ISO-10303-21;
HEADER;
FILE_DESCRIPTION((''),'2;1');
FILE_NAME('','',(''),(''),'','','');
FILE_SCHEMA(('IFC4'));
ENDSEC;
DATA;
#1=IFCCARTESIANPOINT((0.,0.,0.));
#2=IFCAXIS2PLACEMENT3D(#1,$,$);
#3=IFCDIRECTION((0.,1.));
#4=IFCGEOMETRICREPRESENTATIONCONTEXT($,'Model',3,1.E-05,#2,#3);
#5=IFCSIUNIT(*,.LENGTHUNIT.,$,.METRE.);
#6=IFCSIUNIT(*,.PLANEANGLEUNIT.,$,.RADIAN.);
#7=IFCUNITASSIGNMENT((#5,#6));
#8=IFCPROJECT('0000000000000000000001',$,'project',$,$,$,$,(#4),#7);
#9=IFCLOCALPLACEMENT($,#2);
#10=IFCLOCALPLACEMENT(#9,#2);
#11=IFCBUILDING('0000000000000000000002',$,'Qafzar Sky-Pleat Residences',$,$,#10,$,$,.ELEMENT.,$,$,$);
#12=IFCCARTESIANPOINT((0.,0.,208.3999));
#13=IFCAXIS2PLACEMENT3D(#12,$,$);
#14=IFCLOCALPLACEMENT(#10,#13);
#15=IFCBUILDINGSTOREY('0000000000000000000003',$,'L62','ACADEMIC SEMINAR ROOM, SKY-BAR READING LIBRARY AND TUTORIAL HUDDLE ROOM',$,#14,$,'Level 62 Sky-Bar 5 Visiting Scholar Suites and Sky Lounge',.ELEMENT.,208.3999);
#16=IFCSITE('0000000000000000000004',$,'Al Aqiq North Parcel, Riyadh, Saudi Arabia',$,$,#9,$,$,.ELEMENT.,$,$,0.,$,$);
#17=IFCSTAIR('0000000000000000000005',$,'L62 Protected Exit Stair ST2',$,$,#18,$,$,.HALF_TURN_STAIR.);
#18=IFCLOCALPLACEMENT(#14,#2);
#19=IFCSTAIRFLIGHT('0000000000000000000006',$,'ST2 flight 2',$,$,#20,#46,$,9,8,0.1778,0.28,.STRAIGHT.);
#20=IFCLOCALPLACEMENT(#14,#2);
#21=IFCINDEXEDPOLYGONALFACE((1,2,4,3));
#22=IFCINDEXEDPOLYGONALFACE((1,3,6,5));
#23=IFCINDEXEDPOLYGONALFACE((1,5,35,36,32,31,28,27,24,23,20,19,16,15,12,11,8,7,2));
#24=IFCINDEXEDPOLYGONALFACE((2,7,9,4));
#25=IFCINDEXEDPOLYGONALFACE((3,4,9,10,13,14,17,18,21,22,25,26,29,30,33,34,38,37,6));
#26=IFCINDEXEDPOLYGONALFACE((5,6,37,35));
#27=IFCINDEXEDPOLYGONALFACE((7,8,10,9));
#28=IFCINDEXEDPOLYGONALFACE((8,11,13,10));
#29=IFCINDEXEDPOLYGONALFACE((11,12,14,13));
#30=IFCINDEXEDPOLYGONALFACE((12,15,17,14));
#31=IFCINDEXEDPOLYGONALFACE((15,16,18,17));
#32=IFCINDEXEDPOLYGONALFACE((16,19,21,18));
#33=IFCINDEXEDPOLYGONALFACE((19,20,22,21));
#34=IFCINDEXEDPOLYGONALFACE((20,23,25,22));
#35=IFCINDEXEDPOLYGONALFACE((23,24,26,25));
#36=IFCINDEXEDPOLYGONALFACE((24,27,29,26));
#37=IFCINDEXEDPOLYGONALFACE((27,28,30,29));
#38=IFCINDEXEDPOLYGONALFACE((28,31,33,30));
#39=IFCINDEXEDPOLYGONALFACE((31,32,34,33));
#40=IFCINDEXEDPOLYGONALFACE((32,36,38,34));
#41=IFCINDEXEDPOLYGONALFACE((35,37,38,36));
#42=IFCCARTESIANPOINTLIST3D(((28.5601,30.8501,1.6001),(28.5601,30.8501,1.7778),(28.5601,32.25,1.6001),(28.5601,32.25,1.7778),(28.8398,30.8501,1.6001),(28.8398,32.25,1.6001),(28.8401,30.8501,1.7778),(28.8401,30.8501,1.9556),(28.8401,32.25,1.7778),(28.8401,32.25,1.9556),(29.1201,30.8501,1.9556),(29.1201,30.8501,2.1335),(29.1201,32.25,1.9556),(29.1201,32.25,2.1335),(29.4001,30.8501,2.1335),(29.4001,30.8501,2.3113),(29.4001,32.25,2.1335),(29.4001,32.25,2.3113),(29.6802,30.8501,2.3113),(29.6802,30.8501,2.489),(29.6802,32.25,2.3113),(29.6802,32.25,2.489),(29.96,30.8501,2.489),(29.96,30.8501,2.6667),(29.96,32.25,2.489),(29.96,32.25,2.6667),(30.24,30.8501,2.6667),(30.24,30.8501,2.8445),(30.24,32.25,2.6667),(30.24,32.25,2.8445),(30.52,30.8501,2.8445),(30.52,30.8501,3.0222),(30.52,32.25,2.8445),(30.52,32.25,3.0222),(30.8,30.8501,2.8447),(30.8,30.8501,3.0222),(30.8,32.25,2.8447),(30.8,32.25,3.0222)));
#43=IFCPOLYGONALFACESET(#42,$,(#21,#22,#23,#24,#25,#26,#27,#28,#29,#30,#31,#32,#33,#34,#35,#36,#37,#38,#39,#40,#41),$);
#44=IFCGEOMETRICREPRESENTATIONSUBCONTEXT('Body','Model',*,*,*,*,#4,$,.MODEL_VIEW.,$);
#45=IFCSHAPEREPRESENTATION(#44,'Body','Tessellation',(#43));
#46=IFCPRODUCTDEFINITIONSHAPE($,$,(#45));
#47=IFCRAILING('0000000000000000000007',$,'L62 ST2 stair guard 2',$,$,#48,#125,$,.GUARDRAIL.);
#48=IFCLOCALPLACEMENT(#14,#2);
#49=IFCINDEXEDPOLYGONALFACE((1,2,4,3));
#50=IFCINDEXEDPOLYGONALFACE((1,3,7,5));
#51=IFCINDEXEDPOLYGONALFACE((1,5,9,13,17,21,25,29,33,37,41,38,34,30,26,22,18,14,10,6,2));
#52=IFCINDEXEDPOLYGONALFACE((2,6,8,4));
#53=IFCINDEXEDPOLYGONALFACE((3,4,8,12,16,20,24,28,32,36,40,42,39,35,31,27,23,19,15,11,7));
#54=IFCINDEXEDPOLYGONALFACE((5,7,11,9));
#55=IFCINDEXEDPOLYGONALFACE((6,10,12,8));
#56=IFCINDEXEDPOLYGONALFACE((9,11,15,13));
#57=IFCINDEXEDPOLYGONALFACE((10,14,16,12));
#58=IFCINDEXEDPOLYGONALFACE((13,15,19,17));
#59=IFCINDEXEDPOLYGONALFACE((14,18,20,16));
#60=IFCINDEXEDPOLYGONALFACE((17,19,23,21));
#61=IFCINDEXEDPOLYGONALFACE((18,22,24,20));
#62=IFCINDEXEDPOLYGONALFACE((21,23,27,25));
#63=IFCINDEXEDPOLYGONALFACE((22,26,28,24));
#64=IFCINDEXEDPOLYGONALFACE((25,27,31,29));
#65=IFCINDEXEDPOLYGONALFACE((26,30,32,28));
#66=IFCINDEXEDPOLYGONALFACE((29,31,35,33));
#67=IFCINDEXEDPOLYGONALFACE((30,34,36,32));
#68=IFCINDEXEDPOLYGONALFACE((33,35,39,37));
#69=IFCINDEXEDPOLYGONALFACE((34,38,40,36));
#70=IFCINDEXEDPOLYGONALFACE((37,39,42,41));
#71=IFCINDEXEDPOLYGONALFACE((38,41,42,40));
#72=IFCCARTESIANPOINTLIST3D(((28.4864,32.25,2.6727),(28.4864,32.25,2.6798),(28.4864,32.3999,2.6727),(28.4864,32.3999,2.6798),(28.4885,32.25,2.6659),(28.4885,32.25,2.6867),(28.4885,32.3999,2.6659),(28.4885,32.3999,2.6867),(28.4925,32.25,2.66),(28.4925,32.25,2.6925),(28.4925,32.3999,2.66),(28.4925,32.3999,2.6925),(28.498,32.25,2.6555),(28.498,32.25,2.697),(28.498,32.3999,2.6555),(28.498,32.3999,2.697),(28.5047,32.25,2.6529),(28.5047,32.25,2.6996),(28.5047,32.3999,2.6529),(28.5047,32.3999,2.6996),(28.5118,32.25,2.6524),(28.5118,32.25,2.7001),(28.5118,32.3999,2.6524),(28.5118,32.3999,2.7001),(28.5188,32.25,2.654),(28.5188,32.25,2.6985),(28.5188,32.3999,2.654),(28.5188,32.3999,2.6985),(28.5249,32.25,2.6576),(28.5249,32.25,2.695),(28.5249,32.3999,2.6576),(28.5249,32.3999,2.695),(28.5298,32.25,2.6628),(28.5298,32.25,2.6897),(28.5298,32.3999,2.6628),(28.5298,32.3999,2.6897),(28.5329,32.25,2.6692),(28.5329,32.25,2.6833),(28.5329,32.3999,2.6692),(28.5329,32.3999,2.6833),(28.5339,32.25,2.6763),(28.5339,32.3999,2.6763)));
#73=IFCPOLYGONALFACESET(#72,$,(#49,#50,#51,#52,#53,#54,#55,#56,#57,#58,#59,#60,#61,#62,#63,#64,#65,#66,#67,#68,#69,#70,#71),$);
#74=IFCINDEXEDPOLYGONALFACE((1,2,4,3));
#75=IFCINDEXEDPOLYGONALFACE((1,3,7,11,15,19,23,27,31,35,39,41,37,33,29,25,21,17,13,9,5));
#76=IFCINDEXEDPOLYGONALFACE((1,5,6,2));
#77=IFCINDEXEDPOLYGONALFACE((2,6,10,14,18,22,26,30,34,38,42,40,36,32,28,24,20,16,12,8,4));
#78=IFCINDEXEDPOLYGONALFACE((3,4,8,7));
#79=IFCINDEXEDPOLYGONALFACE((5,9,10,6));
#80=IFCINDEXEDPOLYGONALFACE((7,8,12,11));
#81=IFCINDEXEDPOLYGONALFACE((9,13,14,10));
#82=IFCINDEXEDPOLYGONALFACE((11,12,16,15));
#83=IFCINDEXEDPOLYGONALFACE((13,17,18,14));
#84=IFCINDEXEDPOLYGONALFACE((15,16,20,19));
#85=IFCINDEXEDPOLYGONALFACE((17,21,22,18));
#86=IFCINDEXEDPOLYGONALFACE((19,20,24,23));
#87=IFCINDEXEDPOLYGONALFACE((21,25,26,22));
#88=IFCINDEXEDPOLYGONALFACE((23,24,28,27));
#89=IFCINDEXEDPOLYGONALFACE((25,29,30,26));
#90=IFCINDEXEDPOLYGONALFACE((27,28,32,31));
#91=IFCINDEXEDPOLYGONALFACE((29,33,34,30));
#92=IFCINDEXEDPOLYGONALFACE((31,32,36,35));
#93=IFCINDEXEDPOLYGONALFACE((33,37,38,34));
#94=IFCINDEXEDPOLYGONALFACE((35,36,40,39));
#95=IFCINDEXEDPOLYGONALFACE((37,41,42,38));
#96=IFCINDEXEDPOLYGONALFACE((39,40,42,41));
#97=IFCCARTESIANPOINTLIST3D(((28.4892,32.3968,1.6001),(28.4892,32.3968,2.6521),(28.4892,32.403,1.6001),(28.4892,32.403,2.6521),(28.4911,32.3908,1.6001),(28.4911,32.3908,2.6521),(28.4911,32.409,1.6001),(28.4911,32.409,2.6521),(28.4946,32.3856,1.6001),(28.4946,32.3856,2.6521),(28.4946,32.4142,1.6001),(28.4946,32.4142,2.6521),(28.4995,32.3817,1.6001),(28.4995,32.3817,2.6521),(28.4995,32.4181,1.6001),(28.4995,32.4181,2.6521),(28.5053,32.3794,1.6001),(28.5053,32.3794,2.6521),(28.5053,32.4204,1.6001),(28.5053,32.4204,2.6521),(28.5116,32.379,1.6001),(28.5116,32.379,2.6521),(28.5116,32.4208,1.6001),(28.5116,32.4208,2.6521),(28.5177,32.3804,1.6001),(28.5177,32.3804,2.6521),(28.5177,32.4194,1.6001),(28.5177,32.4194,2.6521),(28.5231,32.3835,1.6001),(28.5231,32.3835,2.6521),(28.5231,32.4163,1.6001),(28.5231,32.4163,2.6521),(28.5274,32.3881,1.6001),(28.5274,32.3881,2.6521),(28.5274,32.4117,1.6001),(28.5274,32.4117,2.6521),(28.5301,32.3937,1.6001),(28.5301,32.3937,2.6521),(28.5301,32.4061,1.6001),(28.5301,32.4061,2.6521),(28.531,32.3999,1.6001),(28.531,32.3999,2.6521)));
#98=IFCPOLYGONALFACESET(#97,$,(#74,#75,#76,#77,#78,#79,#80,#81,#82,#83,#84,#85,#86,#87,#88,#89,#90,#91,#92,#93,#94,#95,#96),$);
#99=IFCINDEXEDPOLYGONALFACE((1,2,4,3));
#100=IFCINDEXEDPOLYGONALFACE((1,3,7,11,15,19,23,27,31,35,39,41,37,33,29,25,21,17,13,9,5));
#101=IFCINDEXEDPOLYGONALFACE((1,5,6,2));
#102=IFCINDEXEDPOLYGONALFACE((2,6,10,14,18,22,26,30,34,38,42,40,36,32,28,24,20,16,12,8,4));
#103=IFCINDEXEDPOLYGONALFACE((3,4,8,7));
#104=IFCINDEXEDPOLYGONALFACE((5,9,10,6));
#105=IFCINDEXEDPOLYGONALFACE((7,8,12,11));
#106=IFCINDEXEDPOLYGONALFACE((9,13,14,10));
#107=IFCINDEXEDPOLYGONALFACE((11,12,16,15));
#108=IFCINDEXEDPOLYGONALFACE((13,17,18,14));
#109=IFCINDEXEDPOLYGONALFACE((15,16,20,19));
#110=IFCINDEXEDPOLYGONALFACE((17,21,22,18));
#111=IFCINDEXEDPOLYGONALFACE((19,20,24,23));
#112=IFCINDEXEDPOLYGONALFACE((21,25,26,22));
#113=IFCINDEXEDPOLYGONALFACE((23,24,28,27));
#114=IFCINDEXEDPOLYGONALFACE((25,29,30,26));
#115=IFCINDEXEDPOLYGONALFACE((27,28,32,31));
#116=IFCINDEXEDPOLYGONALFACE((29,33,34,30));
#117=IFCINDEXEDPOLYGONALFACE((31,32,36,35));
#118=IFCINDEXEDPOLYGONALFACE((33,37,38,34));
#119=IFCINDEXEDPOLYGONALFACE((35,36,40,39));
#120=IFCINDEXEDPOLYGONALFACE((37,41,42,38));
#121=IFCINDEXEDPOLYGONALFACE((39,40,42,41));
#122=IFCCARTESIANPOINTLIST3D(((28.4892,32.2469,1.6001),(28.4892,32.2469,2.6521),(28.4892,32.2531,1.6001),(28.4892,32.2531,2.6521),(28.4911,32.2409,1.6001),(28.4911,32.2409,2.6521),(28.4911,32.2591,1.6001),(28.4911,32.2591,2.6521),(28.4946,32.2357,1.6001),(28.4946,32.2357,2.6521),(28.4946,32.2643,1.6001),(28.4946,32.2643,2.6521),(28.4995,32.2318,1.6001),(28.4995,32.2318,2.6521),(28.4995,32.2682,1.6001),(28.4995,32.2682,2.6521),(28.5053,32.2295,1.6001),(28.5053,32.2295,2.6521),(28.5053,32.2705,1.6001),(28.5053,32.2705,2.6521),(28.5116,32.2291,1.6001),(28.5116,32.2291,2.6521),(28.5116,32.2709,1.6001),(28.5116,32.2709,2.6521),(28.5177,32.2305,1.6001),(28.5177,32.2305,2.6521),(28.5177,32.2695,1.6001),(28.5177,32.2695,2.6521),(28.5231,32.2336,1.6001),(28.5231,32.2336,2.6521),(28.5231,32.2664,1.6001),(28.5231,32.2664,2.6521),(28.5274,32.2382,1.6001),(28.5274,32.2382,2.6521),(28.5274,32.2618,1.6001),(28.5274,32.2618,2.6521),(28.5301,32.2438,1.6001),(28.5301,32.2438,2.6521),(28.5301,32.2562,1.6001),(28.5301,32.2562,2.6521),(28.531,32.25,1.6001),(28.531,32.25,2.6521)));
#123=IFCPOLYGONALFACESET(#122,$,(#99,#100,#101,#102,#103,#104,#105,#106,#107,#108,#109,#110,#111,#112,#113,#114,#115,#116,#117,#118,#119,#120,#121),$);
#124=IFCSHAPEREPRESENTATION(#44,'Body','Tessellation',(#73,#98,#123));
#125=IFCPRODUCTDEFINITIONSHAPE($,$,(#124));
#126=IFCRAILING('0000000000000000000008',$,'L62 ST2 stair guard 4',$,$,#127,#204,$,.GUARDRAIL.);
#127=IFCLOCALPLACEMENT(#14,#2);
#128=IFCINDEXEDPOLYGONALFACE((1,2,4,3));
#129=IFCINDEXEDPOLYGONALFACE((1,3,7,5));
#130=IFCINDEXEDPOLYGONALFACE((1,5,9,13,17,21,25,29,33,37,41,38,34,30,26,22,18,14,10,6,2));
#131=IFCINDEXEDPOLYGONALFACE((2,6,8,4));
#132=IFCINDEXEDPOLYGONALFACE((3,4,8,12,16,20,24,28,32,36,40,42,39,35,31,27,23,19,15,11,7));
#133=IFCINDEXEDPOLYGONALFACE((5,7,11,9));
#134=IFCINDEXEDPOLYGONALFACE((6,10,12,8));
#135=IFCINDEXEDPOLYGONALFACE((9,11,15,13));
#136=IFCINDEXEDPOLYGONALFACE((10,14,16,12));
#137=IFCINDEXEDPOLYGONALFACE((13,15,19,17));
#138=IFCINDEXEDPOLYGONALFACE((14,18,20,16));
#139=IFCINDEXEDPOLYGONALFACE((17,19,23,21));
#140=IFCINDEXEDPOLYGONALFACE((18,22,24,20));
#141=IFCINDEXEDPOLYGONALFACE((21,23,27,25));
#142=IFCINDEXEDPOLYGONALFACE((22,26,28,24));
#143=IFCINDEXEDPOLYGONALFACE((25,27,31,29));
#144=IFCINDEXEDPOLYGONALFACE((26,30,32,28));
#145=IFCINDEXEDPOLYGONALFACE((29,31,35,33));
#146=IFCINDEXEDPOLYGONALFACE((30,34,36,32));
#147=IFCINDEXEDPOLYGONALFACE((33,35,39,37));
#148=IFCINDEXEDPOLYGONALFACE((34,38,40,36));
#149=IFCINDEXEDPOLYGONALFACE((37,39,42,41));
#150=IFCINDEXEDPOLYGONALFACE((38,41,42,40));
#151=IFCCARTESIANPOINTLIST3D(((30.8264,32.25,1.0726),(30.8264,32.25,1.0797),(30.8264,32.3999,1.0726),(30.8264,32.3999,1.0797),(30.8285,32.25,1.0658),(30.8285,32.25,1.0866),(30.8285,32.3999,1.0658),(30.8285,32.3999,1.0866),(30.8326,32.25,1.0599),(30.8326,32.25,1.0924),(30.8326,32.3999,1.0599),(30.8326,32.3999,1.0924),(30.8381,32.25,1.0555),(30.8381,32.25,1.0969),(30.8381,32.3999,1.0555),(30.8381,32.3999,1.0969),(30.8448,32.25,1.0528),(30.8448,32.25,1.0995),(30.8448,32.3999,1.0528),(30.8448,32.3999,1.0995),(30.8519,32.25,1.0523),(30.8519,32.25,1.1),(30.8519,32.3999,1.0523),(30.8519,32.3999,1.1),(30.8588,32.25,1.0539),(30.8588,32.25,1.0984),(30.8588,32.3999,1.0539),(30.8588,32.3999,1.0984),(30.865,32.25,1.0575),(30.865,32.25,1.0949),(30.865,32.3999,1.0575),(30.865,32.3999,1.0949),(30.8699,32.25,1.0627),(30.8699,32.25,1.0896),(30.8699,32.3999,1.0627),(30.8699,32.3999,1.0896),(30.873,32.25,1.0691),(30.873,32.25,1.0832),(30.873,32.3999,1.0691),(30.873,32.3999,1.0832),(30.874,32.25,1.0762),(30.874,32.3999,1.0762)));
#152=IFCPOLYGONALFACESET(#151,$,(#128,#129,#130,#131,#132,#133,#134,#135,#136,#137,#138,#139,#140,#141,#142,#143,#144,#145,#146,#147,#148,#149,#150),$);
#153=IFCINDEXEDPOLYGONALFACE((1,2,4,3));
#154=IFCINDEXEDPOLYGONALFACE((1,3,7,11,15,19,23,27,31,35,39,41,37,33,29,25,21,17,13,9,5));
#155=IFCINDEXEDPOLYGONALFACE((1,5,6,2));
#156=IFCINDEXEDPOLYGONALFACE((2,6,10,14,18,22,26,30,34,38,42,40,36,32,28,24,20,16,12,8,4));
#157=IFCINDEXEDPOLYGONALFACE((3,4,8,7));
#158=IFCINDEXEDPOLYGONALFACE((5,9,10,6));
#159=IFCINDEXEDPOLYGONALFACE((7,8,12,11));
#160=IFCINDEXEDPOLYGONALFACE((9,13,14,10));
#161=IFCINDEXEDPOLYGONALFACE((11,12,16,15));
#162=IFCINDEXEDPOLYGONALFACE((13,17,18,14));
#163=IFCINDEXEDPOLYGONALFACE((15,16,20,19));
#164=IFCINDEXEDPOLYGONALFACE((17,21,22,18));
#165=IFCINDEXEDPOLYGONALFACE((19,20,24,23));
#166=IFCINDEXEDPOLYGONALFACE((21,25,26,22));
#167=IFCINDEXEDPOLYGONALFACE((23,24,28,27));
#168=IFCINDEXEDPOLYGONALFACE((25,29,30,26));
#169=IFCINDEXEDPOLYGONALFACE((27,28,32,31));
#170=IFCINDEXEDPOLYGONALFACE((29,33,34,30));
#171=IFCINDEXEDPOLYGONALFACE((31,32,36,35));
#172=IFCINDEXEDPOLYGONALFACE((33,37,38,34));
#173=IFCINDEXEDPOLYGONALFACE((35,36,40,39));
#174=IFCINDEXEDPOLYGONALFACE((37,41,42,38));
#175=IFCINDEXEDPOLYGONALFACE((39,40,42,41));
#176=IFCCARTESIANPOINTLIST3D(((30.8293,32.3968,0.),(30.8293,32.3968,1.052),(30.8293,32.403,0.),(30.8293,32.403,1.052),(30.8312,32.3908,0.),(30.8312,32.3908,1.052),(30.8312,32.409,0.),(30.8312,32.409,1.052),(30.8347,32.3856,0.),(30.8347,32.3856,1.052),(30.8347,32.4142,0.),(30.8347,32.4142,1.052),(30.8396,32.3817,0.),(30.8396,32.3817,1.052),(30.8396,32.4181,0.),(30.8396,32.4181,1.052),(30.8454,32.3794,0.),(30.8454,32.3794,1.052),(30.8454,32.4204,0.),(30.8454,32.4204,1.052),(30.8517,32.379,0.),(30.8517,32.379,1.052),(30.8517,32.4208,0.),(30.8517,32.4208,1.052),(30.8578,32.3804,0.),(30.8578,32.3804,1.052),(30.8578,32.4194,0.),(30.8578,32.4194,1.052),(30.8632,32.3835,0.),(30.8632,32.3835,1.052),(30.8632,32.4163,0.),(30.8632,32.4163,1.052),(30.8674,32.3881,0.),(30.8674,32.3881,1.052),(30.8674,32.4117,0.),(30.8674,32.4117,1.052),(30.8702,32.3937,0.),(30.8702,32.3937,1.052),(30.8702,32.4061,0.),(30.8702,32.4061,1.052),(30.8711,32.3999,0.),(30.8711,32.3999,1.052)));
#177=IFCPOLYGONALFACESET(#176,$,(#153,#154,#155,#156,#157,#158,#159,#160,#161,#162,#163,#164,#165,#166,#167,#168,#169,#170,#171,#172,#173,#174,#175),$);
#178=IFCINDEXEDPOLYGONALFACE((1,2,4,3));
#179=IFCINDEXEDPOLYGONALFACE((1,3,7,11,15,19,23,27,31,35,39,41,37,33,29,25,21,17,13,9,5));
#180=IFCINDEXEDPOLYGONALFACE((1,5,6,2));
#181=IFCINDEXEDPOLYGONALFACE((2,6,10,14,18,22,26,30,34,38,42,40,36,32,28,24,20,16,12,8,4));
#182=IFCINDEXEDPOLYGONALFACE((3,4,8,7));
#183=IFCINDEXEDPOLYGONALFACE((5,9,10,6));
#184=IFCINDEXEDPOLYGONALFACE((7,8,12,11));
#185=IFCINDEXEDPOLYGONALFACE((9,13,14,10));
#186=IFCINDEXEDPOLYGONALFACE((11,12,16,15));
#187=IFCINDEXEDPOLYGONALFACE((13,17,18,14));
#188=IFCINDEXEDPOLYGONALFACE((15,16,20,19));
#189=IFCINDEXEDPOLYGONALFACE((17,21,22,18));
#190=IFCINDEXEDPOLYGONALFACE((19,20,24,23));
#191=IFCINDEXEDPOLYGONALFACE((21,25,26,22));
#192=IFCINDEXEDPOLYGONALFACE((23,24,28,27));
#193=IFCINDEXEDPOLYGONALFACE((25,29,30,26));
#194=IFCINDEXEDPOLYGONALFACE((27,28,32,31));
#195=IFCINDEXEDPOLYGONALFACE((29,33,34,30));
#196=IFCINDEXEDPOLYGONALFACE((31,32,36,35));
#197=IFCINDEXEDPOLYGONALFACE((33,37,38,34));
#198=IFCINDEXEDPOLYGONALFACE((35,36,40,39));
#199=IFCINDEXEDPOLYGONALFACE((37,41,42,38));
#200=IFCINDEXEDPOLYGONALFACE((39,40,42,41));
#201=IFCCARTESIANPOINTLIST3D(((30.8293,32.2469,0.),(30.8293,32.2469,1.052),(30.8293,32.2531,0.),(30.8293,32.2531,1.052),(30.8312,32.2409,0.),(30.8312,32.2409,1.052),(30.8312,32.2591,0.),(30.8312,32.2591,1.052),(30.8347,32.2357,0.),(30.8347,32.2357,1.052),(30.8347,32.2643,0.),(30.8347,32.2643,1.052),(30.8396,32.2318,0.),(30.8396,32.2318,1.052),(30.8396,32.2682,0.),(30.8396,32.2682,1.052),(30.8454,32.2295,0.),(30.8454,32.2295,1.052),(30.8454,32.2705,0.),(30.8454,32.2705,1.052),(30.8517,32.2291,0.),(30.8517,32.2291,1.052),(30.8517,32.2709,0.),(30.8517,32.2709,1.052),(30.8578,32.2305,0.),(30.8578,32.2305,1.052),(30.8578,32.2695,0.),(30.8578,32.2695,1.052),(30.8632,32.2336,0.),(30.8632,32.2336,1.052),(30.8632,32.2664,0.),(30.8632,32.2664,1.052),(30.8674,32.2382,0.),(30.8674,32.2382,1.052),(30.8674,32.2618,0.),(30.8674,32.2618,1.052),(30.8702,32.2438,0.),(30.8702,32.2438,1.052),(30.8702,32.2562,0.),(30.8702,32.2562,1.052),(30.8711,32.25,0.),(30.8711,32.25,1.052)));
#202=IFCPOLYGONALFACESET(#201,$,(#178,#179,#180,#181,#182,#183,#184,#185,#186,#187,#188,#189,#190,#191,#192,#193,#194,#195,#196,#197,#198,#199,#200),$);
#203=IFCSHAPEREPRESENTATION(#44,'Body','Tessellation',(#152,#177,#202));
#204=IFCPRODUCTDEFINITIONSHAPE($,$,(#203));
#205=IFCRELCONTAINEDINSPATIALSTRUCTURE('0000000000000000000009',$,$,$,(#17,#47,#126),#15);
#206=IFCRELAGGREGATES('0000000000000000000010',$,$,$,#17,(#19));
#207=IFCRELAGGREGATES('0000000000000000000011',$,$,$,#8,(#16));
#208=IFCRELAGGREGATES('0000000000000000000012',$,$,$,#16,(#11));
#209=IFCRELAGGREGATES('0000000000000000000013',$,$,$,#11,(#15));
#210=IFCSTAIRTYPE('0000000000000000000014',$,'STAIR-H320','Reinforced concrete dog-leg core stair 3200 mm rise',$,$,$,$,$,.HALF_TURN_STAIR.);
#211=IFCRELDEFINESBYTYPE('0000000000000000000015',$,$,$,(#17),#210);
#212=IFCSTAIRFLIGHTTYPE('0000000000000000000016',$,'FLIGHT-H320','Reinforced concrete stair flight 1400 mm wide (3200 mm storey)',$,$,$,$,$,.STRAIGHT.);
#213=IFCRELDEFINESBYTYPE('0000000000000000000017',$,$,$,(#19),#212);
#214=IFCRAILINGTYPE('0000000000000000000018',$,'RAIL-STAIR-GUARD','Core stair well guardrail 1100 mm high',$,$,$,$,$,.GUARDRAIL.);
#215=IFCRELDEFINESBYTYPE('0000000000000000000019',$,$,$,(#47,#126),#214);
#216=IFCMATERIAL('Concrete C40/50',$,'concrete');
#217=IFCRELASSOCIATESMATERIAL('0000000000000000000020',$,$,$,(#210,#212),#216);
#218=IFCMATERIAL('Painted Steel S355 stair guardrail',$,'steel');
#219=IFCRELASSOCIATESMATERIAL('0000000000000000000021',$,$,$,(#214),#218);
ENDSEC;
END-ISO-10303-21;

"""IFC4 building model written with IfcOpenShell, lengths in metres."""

from ifc_helpers import new_model, si_unit, direction, frame, origin, origin_2d, place, context, subcontext, project, spatial, polyline, circle, outline, extrude, source, transform, mapped, material, type_object, element, aggregate, save


model = new_model("IFC4")

# Units and contexts
model_context = context("Model", 3, precision=1e-05, world=origin(), true_north=direction((0.0, 1.0)))
body_context = subcontext(model_context, "Body", "Model", "MODEL_VIEW")
ifc_project = project(units=[si_unit("LENGTHUNIT", "METRE"), si_unit("PLANEANGLEUNIT", "RADIAN")], contexts=[model_context])

# Site, building, storey
site_placement = place(None, origin())
site = spatial("IfcSite", under=ifc_project, at=site_placement, Name="Al Aqiq North Parcel, Riyadh, Saudi Arabia", CompositionType="ELEMENT", RefElevation=0.0)
building_placement = place(site_placement, origin())
building = spatial("IfcBuilding", under=site, at=building_placement, Name="Qafzar Sky-Pleat Residences", CompositionType="ELEMENT")
storey_placement = place(building_placement, frame((0.0, 0.0, 208.3999)))
storey = spatial("IfcBuildingStorey", under=building, at=storey_placement, Name="L62", Description="ACADEMIC SEMINAR ROOM, SKY-BAR READING LIBRARY AND TUTORIAL HUDDLE ROOM", LongName="Level 62 Sky-Bar 5 Visiting Scholar Suites and Sky Lounge", CompositionType="ELEMENT", Elevation=208.3999)

# Stair, stair flight
ifc_material_1 = material(Name="Concrete C40/50", Category="concrete")
stair_type = type_object("IfcStairType", Name="STAIR-H320", Description="Reinforced concrete dog-leg core stair 3200 mm rise", PredefinedType="HALF_TURN_STAIR", material=ifc_material_1)
stair_placement = place(storey_placement, origin())
stair = element("IfcStair", 1, at=stair_placement, inside=storey, type_object=stair_type, Name="L62 Protected Exit Stair ST2", PredefinedType="HALF_TURN_STAIR")
stair_flight_type = type_object("IfcStairFlightType", Name="FLIGHT-H320", Description="Reinforced concrete stair flight 1400 mm wide (3200 mm storey)", PredefinedType="STRAIGHT", material=ifc_material_1)
shared_shape_1 = source(origin(), body_context, "Body", "SweptSolid", [
    extrude(outline(polyline([(0.0, 0.0), (0.0, 0.1777), (0.28, 0.1777), (0.28, 0.3555), (0.5601, 0.3555), (0.5601, 0.5334), (0.8401, 0.5334), (0.8401, 0.7112), (1.1201, 0.7112), (1.1201, 0.8889), (1.3999, 0.8889), (1.3999, 1.0667), (1.6799, 1.0667), (1.6799, 1.2444), (1.96, 1.2444), (1.96, 1.4221), (2.24, 1.4221), (2.24, 1.6001), (2.24, 1.2446), (0.2798, 0.0), (0.0, 0.0)])), frame((0.0, 0.7, 0.0), z_axis=(0.0, -1.0, 0.0), x_axis=(1.0, 0.0, 0.0)), (0.0, 0.0, 1.0), 1.3999),
])
stair_flight_1_placement = place(storey_placement, frame((28.5601, 31.55, 1.6001), z_axis=(0.0, 0.0, 1.0), x_axis=(1.0, 0.0, 0.0)))
stair_flight_1 = element("IfcStairFlight", 2, at=stair_flight_1_placement, type_object=stair_flight_type, Name="ST2 flight 2", NumberOfRisers=9, NumberOfTreads=8, PredefinedType="STRAIGHT", RiserHeight=0.1778, TreadLength=0.28, context=body_context, shape_type="MappedRepresentation", body=[
    mapped(shared_shape_1, transform((0.0, 0.0, 0.0), x_axis=(1.0, 0.0, 0.0), y_axis=(0.0, 1.0, 0.0), z_axis=(0.0, 0.0, 1.0), scale=1.0)),
])
aggregate(stair, [stair_flight_1])

# Railings
ifc_material_2 = material(Name="Painted Steel S355 stair guardrail", Category="steel")
railing_type_1 = type_object("IfcRailingType", Name="RAIL-STAIR-GUARD", Description="Core stair well guardrail 1100 mm high", PredefinedType="GUARDRAIL", material=ifc_material_2)
shared_shape_2 = source(origin(), body_context, "Body", "SweptSolid", [
    extrude(circle(Radius=0.0239, at=origin_2d()), frame((0.0, 0.0, 1.0762), z_axis=(0.0, -1.0, 0.0), x_axis=(1.0, 0.0, 0.0)), (0.0, 0.0, 1.0), 0.1499),
    extrude(circle(Radius=0.021, at=origin_2d()), origin(), (0.0, 0.0, 1.0), 1.052),
    extrude(circle(Radius=0.021, at=origin_2d()), frame((0.0, -0.1499, 0.0)), (0.0, 0.0, 1.0), 1.052),
])
for number, where, name in (
    (3, (28.51, 32.3999, 1.6001), "L62 ST2 stair guard 2"),
    (4, (30.8501, 32.3999, 0.0), "L62 ST2 stair guard 4"),
):
    element("IfcRailing", number, at=place(storey_placement, frame(where)), inside=storey, type_object=railing_type_1, Name=name, PredefinedType="GUARDRAIL", context=body_context, shape_type="MappedRepresentation", body=[
        mapped(shared_shape_2, transform((0.0, 0.0, 0.0), x_axis=(1.0, 0.0, 0.0), y_axis=(0.0, 1.0, 0.0), z_axis=(0.0, 0.0, 1.0), scale=1.0)),
    ])

save(model, "model.ifc")
